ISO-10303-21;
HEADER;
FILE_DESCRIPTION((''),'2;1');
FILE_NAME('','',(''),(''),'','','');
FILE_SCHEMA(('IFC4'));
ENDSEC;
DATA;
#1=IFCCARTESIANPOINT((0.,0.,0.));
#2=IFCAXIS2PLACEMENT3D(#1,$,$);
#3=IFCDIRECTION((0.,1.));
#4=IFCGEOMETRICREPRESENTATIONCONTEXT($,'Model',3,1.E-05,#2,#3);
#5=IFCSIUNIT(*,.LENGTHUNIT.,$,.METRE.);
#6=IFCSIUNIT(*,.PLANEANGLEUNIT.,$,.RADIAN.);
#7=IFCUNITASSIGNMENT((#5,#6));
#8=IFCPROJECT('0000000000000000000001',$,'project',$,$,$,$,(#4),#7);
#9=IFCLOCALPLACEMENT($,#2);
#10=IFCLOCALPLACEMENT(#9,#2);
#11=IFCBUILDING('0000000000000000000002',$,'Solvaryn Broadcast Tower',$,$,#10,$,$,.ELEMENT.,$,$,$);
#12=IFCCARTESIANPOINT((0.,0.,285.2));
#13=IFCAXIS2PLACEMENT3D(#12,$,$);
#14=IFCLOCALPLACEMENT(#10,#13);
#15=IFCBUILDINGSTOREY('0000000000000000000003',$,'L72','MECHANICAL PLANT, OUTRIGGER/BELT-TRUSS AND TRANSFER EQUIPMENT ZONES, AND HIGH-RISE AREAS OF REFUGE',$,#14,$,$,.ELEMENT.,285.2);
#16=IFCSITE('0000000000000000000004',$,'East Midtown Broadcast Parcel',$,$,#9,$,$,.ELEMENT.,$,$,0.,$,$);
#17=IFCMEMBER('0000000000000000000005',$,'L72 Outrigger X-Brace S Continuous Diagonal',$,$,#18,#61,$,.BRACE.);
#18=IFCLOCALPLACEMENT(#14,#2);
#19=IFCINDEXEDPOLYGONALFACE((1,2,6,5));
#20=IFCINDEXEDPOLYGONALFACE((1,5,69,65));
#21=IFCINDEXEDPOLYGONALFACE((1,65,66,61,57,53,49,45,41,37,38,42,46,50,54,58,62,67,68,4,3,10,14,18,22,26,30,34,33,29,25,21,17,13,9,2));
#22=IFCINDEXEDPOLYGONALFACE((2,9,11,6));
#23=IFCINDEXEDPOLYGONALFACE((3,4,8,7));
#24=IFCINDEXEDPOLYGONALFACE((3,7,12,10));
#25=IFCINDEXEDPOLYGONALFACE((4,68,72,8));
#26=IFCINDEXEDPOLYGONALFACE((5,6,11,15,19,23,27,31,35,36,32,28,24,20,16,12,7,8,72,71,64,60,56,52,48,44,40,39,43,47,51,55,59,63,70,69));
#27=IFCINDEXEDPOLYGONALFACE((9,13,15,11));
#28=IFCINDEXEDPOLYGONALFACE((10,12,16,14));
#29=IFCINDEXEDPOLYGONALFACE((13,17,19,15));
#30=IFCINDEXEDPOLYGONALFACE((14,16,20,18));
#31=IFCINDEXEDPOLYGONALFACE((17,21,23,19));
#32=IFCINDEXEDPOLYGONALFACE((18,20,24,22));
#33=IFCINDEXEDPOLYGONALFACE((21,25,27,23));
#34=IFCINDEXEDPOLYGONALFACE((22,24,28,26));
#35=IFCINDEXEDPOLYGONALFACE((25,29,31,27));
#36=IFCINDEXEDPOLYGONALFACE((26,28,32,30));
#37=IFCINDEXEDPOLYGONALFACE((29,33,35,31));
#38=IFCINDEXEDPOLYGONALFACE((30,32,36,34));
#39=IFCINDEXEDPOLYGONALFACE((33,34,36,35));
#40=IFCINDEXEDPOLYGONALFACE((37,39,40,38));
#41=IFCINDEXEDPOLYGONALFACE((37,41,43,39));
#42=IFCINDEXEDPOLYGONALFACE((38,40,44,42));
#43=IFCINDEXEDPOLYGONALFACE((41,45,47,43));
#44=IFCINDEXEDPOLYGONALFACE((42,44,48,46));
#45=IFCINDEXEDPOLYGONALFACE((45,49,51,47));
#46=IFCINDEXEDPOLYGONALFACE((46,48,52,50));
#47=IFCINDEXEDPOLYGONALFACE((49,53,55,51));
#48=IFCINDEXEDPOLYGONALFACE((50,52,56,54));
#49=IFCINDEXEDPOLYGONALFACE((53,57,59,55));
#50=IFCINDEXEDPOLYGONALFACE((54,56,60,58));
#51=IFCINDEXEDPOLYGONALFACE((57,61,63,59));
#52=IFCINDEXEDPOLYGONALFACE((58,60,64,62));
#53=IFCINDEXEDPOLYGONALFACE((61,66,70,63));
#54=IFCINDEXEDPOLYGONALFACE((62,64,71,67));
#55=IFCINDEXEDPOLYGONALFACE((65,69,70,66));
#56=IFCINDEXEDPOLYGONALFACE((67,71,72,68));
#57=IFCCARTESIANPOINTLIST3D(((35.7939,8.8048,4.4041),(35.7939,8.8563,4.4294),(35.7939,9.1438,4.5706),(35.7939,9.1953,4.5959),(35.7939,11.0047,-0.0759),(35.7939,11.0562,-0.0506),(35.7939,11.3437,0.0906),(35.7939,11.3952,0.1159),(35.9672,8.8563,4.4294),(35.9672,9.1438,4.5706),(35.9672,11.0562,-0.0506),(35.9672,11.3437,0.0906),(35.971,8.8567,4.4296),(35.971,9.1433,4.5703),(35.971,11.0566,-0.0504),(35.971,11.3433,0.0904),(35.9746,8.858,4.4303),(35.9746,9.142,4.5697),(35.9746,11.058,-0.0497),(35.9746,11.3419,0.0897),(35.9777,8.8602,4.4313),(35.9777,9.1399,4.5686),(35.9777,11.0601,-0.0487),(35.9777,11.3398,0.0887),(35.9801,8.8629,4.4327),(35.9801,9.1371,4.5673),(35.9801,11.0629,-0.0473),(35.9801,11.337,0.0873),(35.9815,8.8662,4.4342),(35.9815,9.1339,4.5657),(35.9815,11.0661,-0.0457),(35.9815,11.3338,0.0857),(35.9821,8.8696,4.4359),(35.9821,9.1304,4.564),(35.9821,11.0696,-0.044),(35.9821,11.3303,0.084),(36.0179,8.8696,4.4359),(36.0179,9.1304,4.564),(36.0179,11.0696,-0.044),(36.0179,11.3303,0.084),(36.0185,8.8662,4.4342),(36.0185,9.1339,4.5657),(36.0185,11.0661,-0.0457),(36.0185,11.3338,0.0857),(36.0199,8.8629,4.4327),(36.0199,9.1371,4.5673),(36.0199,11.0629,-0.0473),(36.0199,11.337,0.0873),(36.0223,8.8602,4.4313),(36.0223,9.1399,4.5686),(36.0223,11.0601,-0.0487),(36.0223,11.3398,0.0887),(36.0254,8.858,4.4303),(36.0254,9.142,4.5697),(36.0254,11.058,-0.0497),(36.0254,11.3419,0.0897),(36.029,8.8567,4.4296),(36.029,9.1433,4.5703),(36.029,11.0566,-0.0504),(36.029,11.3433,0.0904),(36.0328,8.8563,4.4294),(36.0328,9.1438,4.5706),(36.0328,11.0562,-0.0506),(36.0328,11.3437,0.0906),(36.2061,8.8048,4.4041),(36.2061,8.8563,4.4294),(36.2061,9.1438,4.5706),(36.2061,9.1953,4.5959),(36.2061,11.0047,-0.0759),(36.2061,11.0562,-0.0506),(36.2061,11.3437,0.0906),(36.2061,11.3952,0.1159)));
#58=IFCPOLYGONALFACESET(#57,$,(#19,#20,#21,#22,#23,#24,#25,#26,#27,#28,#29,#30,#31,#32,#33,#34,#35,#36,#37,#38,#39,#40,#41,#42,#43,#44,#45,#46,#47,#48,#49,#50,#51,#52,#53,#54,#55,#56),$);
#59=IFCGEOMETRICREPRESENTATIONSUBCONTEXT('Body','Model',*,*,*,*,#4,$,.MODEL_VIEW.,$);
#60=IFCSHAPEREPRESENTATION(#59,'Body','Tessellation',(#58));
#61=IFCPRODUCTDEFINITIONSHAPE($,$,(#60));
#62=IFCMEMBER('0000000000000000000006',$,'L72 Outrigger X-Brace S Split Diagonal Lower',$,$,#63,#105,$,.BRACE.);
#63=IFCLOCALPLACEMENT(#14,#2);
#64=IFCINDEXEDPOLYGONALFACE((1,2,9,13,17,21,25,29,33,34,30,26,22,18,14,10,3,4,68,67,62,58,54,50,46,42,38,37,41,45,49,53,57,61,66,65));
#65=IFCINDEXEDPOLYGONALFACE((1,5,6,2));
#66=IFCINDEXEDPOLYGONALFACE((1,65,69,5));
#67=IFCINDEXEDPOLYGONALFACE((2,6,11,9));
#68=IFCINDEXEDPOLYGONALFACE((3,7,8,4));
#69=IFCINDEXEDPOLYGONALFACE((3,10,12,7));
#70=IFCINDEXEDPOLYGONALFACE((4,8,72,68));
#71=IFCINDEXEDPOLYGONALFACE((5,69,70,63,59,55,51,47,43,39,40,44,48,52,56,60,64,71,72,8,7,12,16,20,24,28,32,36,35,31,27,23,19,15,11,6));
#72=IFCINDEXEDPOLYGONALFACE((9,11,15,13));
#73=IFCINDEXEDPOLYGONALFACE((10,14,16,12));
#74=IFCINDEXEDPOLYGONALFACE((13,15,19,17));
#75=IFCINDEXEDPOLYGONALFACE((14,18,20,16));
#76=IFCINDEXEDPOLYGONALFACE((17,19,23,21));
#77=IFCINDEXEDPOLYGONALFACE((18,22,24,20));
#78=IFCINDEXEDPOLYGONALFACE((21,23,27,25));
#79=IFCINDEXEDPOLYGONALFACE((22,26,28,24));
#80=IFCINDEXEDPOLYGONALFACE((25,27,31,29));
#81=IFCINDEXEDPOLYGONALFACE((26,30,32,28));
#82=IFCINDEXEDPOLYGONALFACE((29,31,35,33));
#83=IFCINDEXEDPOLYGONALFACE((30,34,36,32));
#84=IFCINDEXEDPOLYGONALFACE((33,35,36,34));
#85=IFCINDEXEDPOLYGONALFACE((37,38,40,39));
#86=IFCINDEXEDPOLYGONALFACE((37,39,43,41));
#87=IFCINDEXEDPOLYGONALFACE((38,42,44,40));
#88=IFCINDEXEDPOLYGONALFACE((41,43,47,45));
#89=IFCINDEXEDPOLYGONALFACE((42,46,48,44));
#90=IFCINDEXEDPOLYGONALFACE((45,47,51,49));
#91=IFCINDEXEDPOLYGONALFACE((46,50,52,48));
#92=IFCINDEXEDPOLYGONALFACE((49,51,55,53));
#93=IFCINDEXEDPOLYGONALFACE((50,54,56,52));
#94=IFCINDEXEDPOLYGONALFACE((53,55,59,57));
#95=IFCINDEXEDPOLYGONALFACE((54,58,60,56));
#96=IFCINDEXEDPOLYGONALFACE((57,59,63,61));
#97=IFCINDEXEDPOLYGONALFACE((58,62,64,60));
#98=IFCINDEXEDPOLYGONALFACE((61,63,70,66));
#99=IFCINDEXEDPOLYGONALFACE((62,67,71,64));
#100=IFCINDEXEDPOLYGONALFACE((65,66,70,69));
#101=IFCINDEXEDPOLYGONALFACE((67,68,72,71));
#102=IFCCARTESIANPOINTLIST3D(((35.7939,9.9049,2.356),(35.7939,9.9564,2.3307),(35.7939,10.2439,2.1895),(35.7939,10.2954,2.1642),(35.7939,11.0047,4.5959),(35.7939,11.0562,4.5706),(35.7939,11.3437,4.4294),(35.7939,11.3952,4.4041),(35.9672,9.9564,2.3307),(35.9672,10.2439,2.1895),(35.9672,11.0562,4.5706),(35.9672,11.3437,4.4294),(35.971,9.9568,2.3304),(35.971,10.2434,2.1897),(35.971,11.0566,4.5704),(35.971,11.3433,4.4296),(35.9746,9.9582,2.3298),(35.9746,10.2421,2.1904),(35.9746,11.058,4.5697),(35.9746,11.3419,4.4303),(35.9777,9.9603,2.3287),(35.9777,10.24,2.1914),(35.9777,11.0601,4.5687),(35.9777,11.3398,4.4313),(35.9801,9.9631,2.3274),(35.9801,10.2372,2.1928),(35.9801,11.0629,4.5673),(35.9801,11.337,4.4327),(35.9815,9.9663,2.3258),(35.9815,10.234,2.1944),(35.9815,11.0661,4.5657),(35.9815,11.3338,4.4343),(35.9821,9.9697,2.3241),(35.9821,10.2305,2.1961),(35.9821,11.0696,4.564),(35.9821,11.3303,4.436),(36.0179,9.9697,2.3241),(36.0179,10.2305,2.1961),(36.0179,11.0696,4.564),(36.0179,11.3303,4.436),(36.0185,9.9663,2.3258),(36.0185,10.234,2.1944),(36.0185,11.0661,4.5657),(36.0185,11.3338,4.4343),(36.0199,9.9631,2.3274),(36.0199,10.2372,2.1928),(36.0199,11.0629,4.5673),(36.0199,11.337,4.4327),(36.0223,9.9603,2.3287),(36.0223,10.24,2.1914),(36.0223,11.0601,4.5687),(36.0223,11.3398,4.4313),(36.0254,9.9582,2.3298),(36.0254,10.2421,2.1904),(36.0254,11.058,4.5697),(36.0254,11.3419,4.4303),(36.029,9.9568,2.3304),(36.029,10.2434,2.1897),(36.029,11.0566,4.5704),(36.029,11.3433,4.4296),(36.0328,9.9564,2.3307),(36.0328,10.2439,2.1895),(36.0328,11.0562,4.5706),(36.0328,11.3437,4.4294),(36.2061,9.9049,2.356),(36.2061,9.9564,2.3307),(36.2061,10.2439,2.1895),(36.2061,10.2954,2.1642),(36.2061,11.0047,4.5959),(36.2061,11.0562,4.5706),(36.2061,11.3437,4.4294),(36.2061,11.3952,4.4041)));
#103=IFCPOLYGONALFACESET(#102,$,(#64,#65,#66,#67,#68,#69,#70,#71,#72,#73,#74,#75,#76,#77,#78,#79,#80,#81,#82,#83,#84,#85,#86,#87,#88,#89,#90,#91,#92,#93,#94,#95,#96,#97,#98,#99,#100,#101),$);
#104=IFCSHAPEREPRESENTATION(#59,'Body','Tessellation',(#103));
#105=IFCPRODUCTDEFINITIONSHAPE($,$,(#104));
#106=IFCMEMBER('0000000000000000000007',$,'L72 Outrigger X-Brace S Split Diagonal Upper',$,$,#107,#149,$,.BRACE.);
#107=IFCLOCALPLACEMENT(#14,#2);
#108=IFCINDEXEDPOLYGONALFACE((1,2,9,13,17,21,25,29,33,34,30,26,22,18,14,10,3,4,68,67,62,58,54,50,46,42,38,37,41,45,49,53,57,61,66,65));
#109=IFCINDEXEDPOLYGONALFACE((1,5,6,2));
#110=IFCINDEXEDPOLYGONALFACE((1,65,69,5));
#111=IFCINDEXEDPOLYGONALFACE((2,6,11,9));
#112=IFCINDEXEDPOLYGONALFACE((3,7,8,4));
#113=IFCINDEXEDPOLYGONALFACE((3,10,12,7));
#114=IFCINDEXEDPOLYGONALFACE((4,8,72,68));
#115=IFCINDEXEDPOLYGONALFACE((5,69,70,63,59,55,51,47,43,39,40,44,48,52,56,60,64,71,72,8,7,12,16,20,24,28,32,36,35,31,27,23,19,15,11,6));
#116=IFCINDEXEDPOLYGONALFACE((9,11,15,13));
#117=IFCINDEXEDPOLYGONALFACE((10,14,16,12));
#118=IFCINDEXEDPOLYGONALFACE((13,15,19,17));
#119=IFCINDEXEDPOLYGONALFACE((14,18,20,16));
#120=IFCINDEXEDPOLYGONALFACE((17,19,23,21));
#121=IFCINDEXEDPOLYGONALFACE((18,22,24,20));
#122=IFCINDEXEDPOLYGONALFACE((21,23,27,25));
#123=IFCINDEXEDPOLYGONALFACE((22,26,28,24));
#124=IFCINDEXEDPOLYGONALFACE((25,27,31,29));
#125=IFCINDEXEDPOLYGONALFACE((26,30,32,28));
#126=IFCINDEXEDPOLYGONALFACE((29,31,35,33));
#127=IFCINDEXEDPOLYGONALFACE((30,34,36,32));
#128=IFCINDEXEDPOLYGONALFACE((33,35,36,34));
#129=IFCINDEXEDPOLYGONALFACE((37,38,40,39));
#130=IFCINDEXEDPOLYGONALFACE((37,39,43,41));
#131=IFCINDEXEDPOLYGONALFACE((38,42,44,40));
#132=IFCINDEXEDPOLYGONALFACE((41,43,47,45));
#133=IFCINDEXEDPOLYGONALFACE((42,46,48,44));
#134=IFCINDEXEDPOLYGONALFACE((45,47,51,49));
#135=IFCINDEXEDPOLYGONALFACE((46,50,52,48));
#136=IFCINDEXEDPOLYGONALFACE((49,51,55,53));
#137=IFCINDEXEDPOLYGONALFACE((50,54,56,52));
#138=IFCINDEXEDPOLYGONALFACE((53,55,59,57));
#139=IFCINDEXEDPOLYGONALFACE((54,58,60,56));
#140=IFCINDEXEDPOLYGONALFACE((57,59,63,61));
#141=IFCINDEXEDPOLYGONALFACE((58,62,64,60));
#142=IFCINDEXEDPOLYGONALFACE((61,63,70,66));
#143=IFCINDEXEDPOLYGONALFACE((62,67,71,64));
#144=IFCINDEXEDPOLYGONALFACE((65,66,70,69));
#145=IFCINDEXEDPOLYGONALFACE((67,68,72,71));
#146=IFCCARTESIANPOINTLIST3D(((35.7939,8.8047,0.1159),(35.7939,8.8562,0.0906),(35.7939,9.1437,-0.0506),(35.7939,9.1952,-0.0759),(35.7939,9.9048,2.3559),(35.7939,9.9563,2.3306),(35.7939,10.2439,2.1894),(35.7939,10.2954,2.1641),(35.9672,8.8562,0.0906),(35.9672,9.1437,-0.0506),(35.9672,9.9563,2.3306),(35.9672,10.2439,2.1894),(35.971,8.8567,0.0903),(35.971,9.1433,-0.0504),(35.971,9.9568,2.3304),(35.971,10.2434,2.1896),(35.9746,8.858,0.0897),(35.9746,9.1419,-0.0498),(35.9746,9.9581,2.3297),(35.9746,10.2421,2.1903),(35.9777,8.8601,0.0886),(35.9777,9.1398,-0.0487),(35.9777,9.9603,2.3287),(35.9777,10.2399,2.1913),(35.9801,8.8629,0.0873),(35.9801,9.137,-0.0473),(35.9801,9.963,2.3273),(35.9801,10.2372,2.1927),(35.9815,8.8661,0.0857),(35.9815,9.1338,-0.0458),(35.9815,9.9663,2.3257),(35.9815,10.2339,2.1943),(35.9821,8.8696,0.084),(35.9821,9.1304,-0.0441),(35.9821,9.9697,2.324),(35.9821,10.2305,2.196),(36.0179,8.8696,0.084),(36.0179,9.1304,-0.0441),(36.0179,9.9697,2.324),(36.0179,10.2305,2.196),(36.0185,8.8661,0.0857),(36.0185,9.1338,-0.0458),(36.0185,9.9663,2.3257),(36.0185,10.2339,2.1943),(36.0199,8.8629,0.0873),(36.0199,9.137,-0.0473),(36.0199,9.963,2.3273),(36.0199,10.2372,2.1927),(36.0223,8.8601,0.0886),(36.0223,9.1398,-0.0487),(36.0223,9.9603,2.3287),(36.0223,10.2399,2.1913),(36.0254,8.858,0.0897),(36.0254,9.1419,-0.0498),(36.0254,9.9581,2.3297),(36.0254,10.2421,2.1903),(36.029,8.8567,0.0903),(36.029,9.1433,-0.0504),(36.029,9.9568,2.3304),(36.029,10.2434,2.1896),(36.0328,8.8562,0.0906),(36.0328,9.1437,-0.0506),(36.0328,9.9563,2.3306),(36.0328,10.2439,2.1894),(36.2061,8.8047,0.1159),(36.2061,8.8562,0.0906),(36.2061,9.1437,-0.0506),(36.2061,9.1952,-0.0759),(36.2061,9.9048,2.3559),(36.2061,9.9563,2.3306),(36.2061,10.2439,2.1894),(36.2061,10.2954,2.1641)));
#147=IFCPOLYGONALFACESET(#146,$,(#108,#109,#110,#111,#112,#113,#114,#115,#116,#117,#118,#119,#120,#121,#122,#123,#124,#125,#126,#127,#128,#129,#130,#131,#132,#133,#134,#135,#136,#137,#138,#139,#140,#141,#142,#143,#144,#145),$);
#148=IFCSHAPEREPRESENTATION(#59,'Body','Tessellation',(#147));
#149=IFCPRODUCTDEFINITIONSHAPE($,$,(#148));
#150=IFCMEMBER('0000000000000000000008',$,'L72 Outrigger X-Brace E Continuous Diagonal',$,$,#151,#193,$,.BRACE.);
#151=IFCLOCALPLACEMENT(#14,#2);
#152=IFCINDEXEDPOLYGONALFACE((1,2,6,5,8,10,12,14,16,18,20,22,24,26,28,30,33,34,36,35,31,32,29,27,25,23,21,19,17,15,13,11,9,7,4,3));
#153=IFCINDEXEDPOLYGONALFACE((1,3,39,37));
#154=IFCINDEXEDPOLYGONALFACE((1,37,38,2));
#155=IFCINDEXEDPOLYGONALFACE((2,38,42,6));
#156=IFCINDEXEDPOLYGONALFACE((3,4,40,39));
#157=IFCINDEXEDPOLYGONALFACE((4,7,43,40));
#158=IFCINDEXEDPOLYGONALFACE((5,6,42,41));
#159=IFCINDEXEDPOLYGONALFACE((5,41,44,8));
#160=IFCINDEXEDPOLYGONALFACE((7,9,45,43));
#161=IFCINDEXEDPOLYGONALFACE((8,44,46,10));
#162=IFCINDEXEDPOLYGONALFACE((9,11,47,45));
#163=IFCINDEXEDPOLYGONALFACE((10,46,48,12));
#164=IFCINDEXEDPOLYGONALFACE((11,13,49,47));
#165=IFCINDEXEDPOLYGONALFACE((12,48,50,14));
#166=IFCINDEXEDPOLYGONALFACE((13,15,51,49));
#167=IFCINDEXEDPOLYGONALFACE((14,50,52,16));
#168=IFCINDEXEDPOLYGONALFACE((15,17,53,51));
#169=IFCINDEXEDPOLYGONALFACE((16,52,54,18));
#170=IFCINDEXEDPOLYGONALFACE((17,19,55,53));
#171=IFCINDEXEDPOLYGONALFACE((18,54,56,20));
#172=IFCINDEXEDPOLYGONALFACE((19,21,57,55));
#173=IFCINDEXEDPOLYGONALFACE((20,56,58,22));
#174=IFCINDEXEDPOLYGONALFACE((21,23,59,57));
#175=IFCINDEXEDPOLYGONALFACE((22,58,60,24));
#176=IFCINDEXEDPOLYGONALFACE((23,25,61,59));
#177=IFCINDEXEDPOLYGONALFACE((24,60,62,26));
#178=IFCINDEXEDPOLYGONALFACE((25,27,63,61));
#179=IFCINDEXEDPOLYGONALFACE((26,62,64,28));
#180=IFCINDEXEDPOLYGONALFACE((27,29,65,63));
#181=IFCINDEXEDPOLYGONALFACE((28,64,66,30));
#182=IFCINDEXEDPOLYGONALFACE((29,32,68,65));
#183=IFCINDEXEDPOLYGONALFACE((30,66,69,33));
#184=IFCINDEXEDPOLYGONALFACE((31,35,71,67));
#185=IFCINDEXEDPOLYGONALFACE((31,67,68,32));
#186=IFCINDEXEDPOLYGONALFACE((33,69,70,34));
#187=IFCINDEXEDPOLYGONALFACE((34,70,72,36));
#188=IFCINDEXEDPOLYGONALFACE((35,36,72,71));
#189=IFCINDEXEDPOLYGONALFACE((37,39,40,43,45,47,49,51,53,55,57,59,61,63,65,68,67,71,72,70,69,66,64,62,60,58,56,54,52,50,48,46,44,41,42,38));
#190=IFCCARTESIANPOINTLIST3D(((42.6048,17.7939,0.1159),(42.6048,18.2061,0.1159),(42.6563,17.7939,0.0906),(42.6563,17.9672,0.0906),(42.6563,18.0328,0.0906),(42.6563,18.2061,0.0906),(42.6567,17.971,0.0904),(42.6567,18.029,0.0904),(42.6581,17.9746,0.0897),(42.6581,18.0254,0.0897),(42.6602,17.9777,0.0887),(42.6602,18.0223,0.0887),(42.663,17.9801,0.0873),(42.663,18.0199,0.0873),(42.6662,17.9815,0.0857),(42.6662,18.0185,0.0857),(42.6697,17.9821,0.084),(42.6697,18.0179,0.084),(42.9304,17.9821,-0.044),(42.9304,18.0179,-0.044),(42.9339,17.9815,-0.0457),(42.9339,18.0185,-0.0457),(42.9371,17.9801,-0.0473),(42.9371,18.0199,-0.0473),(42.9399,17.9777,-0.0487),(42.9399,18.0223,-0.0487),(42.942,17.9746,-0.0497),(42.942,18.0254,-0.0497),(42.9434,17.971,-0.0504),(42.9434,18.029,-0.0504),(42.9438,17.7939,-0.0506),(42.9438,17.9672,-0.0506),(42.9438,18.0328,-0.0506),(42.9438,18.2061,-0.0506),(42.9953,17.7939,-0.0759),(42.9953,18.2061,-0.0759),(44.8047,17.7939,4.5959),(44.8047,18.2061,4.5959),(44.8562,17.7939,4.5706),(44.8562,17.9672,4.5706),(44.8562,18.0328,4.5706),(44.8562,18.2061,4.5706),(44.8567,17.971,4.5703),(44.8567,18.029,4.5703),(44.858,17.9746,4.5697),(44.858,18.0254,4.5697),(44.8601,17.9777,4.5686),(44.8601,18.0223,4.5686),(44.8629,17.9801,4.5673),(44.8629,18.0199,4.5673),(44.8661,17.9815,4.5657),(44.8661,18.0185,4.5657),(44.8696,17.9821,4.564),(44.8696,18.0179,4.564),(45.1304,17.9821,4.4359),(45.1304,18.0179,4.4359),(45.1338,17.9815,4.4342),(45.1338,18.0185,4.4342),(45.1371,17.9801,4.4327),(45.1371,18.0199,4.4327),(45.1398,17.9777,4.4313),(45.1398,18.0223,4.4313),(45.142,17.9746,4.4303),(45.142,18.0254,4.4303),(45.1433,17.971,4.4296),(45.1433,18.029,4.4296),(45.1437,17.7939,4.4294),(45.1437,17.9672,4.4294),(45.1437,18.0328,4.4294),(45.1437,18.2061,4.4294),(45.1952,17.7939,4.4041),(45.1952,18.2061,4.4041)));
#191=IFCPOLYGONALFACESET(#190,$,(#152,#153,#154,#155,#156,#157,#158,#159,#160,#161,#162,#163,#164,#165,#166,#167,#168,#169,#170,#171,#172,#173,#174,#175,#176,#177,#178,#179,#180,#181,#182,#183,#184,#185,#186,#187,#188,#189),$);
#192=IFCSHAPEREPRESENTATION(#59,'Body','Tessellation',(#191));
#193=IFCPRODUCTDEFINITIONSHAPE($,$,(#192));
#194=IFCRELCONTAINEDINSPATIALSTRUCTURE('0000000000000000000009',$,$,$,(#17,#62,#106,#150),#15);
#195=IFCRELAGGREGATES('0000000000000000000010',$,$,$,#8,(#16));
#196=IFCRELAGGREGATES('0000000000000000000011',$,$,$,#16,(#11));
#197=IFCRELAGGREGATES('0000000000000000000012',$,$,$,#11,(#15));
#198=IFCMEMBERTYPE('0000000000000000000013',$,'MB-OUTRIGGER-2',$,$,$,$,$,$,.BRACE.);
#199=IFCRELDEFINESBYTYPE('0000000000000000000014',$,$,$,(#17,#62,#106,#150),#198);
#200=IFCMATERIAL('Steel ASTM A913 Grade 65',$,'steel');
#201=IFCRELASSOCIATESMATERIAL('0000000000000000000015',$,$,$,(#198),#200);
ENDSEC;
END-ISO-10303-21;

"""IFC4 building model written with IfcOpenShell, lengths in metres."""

from ifc_helpers import new_model, si_unit, direction, frame, origin, origin_2d, place, context, subcontext, project, spatial, i_section, extrude, material, material_profile, profile_set, type_object, element, save


model = new_model("IFC4")

# Units and contexts
model_context = context("Model", 3, precision=1e-05, world=origin(), true_north=direction((0.0, 1.0)))
body_context = subcontext(model_context, "Body", "Model", "MODEL_VIEW")
ifc_project = project(units=[si_unit("LENGTHUNIT", "METRE"), si_unit("PLANEANGLEUNIT", "RADIAN")], contexts=[model_context])

# Site, building, storey
site_placement = place(None, origin())
site = spatial("IfcSite", under=ifc_project, at=site_placement, Name="East Midtown Broadcast Parcel", CompositionType="ELEMENT", RefElevation=0.0)
building_placement = place(site_placement, origin())
building = spatial("IfcBuilding", under=site, at=building_placement, Name="Solvaryn Broadcast Tower", CompositionType="ELEMENT")
storey_placement = place(building_placement, frame((0.0, 0.0, 285.2)))
storey = spatial("IfcBuildingStorey", under=building, at=storey_placement, Name="L72", Description="MECHANICAL PLANT, OUTRIGGER/BELT-TRUSS AND TRANSFER EQUIPMENT ZONES, AND HIGH-RISE AREAS OF REFUGE", CompositionType="ELEMENT", Elevation=285.2)

# Members
ifc_material_1 = material(Name="Steel ASTM A913 Grade 65", Category="steel")
ifc_material_profile_1 = material_profile(ifc_material_1, i_section(OverallWidth=0.4121, OverallDepth=0.4351, WebThickness=0.0359, FlangeThickness=0.0574, FilletRadius=0.0149, at=origin_2d()))
ifc_profile_set_1 = profile_set([ifc_material_profile_1], Name="Steel ASTM A913 Grade 65")
member_type_1 = type_object("IfcMemberType", Name="MB-OUTRIGGER-2", PredefinedType="BRACE", material=ifc_profile_set_1)
member_1_placement = place(storey_placement, frame((36.0, 11.2, 0.02), z_axis=(0.0, -0.440784, 0.897613), x_axis=(1.0, 0.0, 0.0)))
element("IfcMember", 1, at=member_1_placement, inside=storey, type_object=member_type_1, Name="L72 Outrigger X-Brace S Continuous Diagonal", PredefinedType="BRACE", context=body_context, shape_type="SweptSolid", body=[
    extrude(i_section(OverallWidth=0.4121, OverallDepth=0.4351, WebThickness=0.0359, FlangeThickness=0.0574, FilletRadius=0.0149, at=origin_2d()), origin(), (0.0, 0.0, 1.0), 4.991),
])
member_2_placement = place(storey_placement, frame((36.0, 11.2, 4.5), z_axis=(0.0, -0.440745, -0.897632), x_axis=(1.0, 0.0, 0.0)))
element("IfcMember", 2, at=member_2_placement, inside=storey, type_object=member_type_1, Name="L72 Outrigger X-Brace S Split Diagonal Lower", PredefinedType="BRACE", context=body_context, shape_type="SweptSolid", body=[
    extrude(i_section(OverallWidth=0.4121, OverallDepth=0.4351, WebThickness=0.0359, FlangeThickness=0.0574, FilletRadius=0.0149, at=origin_2d()), origin(), (0.0, 0.0, 1.0), 2.4954),
])
member_3_placement = place(storey_placement, frame((36.0, 10.1001, 2.26), z_axis=(0.0, -0.440824, -0.897594), x_axis=(1.0, 0.0, 0.0)))
element("IfcMember", 3, at=member_3_placement, inside=storey, type_object=member_type_1, Name="L72 Outrigger X-Brace S Split Diagonal Upper", PredefinedType="BRACE", context=body_context, shape_type="SweptSolid", body=[
    extrude(i_section(OverallWidth=0.4121, OverallDepth=0.4351, WebThickness=0.0359, FlangeThickness=0.0574, FilletRadius=0.0149, at=origin_2d()), origin(), (0.0, 0.0, 1.0), 2.4956),
])
member_4_placement = place(storey_placement, frame((42.8, 18.0, 0.02), z_axis=(0.440784, 0.0, 0.897613), x_axis=(0.0, 1.0, 0.0)))
element("IfcMember", 4, at=member_4_placement, inside=storey, type_object=member_type_1, Name="L72 Outrigger X-Brace E Continuous Diagonal", PredefinedType="BRACE", context=body_context, shape_type="SweptSolid", body=[
    extrude(i_section(OverallWidth=0.4121, OverallDepth=0.4351, WebThickness=0.0359, FlangeThickness=0.0574, FilletRadius=0.0149, at=origin_2d()), origin(), (0.0, 0.0, 1.0), 4.991),
])

save(model, "model.ifc")
